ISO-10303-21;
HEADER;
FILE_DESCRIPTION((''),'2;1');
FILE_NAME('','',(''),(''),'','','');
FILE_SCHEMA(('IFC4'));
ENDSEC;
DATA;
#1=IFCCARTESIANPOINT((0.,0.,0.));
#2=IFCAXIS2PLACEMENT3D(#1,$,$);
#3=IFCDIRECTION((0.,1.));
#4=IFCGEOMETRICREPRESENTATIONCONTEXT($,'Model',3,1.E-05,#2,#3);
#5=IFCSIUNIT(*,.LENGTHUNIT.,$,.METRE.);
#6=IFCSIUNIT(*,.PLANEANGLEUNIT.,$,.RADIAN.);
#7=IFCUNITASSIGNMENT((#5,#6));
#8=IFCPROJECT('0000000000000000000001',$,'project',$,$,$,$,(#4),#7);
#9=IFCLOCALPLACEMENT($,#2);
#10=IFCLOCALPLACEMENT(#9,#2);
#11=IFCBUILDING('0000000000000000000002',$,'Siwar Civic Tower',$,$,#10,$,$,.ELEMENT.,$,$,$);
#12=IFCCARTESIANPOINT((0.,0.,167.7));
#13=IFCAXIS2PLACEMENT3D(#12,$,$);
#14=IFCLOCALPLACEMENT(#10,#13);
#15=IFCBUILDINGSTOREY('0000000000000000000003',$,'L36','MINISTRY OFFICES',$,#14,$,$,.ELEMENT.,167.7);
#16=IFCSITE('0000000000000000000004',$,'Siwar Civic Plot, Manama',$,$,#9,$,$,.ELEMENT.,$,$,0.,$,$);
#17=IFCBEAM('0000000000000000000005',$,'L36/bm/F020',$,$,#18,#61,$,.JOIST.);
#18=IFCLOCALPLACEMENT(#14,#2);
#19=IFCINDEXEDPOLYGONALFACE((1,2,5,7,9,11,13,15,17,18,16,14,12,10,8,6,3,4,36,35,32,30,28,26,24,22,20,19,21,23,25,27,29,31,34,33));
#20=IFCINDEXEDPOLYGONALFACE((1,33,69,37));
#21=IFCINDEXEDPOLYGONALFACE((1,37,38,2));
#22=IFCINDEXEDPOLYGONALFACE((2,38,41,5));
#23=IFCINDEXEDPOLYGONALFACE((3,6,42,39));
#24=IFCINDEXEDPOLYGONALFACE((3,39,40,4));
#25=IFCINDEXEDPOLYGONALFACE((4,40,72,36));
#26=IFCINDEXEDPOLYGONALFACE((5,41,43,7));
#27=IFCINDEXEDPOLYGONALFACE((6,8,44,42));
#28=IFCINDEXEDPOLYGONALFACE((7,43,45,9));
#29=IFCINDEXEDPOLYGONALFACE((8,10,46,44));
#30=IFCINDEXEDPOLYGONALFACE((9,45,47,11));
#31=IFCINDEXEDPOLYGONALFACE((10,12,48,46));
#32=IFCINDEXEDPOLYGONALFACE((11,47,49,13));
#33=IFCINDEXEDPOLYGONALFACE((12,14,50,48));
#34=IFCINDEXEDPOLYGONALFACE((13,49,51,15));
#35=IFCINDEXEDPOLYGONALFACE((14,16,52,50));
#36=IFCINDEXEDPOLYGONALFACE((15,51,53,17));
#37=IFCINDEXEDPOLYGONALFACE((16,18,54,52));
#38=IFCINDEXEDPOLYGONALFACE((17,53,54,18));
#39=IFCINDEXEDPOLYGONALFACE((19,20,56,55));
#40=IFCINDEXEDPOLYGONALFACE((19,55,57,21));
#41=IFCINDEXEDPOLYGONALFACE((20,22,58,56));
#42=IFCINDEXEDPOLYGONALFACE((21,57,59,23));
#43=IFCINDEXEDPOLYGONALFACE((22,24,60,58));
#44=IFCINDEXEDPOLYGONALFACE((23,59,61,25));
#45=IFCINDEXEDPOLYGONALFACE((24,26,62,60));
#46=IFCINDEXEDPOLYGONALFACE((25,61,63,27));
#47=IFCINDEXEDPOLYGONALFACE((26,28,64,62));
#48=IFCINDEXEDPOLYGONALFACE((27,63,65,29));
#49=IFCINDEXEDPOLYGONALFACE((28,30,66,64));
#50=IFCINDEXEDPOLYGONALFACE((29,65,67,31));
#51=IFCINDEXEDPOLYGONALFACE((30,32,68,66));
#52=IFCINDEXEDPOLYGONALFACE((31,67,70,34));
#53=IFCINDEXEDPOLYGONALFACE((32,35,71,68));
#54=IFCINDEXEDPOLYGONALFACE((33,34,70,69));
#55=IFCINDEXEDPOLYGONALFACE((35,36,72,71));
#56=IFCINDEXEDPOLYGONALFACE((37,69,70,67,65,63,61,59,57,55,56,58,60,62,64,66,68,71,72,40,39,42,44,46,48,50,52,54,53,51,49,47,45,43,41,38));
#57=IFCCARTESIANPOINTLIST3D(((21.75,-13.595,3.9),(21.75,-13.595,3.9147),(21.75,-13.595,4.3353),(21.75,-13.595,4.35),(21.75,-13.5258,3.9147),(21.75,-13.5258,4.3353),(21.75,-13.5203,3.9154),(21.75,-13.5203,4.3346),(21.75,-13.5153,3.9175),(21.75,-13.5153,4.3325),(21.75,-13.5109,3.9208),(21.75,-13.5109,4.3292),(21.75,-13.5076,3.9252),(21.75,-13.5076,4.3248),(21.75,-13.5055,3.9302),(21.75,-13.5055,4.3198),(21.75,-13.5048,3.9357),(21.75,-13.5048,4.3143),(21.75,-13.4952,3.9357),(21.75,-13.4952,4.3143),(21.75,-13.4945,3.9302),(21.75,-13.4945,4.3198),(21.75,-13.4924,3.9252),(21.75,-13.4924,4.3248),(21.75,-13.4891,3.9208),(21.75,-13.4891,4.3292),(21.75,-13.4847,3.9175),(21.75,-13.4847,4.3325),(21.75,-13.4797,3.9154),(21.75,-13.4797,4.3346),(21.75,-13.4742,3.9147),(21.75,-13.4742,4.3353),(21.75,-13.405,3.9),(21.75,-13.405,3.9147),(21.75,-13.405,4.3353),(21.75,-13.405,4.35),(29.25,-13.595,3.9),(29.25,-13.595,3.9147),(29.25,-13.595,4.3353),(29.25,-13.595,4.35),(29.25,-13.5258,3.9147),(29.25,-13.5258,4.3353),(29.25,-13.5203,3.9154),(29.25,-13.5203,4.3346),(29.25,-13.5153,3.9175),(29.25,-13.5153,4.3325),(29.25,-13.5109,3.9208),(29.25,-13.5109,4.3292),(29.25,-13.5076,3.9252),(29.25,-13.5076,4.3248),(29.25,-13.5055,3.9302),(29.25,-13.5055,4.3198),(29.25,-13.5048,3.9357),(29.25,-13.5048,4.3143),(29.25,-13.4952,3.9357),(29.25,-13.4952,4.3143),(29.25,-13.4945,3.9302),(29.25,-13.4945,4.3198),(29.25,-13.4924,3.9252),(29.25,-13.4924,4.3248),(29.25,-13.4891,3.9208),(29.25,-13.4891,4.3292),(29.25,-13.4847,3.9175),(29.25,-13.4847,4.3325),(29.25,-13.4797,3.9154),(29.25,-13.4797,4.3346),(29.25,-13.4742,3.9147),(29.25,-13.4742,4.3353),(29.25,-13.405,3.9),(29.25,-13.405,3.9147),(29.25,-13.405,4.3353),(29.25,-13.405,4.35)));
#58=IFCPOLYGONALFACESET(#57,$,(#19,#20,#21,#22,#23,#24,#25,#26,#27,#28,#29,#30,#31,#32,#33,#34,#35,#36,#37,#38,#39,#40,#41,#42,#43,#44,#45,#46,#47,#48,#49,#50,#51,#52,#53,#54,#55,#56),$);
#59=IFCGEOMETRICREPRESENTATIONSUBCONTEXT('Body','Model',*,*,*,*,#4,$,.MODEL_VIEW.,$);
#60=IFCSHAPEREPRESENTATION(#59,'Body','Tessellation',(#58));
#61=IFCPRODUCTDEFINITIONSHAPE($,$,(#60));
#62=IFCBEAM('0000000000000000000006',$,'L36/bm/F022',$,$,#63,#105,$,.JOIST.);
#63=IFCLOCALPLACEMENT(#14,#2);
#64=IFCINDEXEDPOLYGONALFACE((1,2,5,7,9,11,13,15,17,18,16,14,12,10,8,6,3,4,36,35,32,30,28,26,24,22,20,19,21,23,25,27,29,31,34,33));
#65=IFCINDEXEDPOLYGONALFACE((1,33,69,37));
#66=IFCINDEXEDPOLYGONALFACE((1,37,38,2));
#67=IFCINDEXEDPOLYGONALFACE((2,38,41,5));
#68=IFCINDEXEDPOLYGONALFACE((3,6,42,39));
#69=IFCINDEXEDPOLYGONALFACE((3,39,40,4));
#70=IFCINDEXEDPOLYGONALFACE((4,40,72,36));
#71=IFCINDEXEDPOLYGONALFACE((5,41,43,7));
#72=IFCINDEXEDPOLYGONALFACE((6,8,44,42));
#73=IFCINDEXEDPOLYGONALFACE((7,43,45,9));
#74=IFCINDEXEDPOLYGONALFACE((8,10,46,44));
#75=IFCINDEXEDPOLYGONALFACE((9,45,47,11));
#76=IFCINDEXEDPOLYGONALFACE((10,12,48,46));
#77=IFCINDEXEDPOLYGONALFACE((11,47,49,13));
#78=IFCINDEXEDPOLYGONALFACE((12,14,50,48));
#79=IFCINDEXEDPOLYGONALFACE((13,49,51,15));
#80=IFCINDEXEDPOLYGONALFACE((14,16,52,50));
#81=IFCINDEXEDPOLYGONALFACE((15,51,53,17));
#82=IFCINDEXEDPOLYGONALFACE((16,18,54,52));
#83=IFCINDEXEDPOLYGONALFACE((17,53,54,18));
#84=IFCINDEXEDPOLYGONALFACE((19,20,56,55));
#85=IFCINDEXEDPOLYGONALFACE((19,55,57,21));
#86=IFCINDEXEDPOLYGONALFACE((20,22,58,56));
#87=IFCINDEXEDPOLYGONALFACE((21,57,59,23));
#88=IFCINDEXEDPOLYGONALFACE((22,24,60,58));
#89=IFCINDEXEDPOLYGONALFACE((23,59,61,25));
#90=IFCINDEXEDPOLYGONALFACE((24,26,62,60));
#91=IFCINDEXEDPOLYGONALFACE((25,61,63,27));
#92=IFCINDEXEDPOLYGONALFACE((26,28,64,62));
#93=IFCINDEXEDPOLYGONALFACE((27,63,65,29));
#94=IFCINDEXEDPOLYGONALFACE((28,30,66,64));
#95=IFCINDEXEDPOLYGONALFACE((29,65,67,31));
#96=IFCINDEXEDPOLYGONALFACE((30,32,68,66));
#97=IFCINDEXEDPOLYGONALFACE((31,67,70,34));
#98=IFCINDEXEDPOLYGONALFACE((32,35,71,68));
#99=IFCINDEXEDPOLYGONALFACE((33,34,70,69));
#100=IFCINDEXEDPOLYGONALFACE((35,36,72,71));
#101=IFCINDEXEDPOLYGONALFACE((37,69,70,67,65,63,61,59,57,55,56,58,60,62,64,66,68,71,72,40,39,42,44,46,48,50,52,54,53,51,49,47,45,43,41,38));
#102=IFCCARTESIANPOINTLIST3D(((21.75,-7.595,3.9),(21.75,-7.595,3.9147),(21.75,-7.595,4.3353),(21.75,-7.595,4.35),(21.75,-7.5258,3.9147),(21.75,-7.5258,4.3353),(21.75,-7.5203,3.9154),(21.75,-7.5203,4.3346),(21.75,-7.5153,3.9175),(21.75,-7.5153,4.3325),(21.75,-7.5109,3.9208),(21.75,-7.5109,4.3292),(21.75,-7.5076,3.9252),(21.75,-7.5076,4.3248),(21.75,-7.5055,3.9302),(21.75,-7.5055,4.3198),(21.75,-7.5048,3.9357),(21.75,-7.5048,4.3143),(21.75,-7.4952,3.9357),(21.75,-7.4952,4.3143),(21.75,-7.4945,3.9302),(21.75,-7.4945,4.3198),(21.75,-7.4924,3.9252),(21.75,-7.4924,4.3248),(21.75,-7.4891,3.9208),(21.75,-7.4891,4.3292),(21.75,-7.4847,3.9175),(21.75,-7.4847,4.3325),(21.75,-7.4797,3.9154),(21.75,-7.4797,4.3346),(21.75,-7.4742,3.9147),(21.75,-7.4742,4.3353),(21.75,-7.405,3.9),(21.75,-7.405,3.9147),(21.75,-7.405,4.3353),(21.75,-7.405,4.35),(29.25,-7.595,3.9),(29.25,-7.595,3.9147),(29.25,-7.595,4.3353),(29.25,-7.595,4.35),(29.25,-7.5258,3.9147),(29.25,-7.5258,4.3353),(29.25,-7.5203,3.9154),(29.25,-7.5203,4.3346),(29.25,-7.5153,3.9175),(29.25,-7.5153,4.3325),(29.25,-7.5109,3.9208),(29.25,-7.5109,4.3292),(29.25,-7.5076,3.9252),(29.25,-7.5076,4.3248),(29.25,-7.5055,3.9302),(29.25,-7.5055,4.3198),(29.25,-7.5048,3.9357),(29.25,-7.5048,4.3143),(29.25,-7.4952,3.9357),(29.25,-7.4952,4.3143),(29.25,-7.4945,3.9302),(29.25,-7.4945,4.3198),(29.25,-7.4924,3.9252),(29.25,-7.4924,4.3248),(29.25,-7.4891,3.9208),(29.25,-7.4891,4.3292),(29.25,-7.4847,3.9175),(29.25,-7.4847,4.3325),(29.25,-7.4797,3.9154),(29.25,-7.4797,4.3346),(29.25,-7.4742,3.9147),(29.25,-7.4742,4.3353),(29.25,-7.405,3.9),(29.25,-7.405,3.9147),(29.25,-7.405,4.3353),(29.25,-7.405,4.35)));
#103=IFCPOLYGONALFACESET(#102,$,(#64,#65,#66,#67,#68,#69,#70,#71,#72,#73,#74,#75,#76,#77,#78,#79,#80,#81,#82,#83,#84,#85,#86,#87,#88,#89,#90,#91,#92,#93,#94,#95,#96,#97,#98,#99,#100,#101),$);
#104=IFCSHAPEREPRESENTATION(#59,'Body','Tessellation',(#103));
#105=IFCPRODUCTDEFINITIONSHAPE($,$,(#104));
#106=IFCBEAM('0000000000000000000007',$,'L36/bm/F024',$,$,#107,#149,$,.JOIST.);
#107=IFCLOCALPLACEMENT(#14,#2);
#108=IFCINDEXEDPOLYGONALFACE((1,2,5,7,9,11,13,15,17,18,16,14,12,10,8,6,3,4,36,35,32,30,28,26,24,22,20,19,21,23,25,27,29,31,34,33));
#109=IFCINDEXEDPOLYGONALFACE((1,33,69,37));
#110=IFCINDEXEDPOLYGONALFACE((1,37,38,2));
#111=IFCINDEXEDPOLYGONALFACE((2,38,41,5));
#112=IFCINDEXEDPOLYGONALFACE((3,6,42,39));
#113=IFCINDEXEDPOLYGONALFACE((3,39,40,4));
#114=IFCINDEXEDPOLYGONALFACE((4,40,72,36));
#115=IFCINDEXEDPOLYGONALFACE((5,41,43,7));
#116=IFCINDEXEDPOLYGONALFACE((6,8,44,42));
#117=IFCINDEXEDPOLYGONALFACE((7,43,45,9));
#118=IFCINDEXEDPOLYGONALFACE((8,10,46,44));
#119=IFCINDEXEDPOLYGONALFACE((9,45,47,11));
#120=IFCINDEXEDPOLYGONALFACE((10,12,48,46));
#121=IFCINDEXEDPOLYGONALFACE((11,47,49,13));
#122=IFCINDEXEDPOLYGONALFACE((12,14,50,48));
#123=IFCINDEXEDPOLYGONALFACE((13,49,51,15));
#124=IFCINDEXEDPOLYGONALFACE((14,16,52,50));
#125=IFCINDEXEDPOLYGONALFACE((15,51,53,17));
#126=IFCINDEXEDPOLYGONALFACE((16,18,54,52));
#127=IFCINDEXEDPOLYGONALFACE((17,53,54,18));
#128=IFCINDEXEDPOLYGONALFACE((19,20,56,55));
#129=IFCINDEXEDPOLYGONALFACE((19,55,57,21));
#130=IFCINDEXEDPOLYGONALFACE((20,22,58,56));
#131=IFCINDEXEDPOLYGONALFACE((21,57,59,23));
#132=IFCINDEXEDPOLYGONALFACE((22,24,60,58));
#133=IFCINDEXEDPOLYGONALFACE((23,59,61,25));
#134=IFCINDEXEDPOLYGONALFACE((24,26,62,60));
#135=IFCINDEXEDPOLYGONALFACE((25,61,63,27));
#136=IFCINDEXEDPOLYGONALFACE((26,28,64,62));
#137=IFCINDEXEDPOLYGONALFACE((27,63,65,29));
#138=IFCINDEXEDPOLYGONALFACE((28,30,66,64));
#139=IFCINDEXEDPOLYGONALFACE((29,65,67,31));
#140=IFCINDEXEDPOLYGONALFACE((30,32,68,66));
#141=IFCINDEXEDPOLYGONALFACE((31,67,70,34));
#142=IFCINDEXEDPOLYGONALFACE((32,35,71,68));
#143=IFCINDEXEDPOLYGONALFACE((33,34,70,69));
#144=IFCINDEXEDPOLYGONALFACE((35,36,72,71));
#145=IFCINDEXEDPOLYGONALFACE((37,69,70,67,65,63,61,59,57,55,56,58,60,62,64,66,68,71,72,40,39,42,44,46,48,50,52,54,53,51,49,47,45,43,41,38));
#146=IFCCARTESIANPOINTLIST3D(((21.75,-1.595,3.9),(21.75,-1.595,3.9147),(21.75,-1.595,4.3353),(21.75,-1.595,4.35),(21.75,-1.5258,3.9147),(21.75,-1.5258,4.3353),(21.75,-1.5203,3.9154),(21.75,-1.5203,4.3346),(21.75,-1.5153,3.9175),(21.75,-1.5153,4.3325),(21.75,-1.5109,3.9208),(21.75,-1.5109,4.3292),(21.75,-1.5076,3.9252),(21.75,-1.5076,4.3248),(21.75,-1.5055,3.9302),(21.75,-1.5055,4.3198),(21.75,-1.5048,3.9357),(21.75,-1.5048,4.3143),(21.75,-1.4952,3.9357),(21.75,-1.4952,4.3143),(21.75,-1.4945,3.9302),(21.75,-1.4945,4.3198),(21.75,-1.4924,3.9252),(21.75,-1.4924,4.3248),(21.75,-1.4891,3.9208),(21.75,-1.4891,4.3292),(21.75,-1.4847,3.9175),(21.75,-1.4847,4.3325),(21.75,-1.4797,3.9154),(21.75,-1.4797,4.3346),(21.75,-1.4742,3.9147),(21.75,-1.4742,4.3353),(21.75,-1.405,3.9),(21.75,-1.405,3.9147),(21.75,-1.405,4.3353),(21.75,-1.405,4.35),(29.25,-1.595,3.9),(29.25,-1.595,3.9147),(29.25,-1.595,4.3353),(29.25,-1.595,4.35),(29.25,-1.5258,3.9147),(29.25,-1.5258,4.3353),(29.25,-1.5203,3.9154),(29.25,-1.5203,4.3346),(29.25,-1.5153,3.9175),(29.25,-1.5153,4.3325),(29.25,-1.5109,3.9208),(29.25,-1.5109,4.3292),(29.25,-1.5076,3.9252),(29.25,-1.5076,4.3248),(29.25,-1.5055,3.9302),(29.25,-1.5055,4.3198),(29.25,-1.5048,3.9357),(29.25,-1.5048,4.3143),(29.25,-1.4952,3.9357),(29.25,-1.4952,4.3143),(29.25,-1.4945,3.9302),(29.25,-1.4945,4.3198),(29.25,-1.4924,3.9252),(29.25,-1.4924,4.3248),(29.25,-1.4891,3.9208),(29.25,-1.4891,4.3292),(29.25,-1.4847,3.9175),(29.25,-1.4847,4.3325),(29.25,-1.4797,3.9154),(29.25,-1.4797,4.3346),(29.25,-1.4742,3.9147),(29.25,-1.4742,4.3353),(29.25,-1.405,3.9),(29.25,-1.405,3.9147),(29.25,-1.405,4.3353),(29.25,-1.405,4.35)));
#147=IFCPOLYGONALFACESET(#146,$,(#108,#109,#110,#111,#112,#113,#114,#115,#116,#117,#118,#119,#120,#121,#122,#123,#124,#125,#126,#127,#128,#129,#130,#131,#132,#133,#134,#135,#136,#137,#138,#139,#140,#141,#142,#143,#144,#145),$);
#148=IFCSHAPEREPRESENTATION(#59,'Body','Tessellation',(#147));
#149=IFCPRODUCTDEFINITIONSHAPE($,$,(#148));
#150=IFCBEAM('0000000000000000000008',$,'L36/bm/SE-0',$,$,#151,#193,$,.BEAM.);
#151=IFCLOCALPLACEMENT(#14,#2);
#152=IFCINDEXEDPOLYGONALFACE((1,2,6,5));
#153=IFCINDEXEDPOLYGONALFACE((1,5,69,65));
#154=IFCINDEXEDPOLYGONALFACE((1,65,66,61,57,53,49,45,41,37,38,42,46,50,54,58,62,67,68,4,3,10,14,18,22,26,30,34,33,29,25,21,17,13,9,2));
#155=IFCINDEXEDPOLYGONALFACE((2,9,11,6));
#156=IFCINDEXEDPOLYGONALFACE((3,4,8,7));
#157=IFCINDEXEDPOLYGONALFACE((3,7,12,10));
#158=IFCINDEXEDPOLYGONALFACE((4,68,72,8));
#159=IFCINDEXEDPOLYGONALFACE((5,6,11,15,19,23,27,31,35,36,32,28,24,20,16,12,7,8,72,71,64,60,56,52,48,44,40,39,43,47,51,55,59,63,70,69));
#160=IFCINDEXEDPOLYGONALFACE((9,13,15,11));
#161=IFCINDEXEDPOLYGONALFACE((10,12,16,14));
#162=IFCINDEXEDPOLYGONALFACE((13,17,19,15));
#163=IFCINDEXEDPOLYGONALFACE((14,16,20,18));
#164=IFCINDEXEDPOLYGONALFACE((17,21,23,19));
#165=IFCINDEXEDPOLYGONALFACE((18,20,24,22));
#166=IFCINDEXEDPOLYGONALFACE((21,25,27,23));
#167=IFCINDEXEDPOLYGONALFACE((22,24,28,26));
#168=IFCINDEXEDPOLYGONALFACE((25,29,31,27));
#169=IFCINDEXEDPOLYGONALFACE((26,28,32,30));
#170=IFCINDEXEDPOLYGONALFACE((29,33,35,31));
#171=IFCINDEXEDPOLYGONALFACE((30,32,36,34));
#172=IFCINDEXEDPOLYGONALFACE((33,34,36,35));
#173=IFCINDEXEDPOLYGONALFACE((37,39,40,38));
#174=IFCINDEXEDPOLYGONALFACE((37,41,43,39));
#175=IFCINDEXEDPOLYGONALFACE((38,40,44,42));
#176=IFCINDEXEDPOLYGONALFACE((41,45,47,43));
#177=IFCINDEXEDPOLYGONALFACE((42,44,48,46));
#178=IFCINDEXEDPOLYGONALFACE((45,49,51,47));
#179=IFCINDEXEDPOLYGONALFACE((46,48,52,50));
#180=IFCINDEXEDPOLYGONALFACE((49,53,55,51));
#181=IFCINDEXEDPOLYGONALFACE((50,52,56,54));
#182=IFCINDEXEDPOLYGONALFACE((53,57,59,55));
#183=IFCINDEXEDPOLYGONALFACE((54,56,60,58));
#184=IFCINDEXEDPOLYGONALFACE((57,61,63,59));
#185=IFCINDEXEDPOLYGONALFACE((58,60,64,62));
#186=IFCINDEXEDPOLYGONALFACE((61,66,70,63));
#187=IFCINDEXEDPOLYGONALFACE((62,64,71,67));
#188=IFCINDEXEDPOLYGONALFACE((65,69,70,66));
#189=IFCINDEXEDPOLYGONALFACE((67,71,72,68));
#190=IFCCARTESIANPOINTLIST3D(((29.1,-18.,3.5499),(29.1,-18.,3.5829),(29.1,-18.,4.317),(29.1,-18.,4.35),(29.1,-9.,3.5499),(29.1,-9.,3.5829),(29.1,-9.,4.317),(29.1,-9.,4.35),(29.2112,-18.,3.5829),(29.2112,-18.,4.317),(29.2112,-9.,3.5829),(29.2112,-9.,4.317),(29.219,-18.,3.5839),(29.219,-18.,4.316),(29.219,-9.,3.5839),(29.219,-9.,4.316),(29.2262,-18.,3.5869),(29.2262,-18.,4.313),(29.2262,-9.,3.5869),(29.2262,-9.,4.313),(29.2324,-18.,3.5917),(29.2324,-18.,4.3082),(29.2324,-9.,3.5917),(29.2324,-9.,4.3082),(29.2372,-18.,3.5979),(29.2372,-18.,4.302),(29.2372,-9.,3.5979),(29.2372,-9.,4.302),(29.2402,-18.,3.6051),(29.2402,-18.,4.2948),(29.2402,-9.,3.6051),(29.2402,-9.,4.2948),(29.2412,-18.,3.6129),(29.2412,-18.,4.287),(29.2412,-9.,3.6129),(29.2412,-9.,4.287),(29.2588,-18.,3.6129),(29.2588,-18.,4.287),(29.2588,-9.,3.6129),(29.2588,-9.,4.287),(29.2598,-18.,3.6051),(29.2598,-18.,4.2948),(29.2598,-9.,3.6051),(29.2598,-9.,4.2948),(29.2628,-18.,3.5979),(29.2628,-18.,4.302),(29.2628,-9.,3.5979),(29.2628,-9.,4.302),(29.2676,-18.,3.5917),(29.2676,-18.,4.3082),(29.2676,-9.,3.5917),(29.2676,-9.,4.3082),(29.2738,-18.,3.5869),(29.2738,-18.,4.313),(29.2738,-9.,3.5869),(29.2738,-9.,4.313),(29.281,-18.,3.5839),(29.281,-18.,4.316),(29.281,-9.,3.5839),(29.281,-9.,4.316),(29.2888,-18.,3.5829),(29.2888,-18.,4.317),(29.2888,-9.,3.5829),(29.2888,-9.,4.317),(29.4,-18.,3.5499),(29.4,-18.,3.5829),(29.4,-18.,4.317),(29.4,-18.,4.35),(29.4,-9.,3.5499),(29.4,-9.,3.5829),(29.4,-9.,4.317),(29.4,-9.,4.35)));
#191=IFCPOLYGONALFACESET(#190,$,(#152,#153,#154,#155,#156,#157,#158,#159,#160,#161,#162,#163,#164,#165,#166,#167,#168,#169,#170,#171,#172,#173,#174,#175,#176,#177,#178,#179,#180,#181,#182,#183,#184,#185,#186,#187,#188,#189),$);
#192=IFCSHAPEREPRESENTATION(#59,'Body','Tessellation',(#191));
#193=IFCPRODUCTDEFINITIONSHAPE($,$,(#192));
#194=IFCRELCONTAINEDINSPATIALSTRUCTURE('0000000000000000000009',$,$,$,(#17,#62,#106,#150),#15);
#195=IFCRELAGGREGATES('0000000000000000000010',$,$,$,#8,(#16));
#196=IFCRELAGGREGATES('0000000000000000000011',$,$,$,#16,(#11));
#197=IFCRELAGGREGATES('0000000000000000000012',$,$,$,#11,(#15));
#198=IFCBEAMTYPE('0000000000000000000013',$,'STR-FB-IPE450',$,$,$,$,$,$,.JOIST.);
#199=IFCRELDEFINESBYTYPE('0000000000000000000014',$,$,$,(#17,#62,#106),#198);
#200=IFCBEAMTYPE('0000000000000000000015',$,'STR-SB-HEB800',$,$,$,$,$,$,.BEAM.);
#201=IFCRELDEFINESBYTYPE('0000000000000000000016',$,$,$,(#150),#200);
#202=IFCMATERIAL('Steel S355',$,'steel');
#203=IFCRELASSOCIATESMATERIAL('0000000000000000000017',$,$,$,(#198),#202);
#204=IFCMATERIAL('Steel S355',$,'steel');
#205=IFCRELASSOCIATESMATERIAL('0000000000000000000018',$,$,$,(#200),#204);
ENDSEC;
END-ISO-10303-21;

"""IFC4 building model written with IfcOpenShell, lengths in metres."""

from ifc_helpers import new_model, si_unit, direction, frame, origin, origin_2d, place, context, subcontext, project, spatial, i_section, extrude, material, material_profile, profile_set, type_object, element, save


model = new_model("IFC4")

# Units and contexts
model_context = context("Model", 3, precision=1e-05, world=origin(), true_north=direction((0.0, 1.0)))
body_context = subcontext(model_context, "Body", "Model", "MODEL_VIEW")
ifc_project = project(units=[si_unit("LENGTHUNIT", "METRE"), si_unit("PLANEANGLEUNIT", "RADIAN")], contexts=[model_context])

# Site, building, storey
site_placement = place(None, origin())
site = spatial("IfcSite", under=ifc_project, at=site_placement, Name="Siwar Civic Plot, Manama", CompositionType="ELEMENT", RefElevation=0.0)
building_placement = place(site_placement, origin())
building = spatial("IfcBuilding", under=site, at=building_placement, Name="Siwar Civic Tower", CompositionType="ELEMENT")
storey_placement = place(building_placement, frame((0.0, 0.0, 167.7)))
storey = spatial("IfcBuildingStorey", under=building, at=storey_placement, Name="L36", Description="MINISTRY OFFICES", CompositionType="ELEMENT", Elevation=167.7)

# Beams
ifc_material_1 = material(Name="Steel S355", Category="steel")
ifc_material_profile_1 = material_profile(ifc_material_1, i_section(OverallWidth=0.1899, OverallDepth=0.45, WebThickness=0.0095, FlangeThickness=0.0146, FilletRadius=0.021, at=origin_2d()), Name="IPE450")
ifc_profile_set_1 = profile_set([ifc_material_profile_1], Name="Steel S355")
beam_type_1 = type_object("IfcBeamType", Name="STR-FB-IPE450", PredefinedType="JOIST", material=ifc_profile_set_1)
for number, where, z_axis, x_axis, name in (
    (1, (21.75, -13.5, 4.125), (1.0, 0.0, 0.0), (0.0, 1.0, 0.0), "L36/bm/F020"),
    (2, (21.75, -7.5, 4.125), (1.0, 0.0, 0.0), (0.0, 1.0, 0.0), "L36/bm/F022"),
    (3, (21.75, -1.5, 4.125), (1.0, 0.0, 0.0), (0.0, 1.0, 0.0), "L36/bm/F024"),
):
    element("IfcBeam", number, at=place(storey_placement, frame(where, z_axis=z_axis, x_axis=x_axis)), inside=storey, type_object=beam_type_1, Name=name, PredefinedType="JOIST", context=body_context, shape_type="SweptSolid", body=[
        extrude(i_section(OverallWidth=0.1899, OverallDepth=0.45, WebThickness=0.0095, FlangeThickness=0.0146, FilletRadius=0.021, at=origin_2d()), origin(), (0.0, 0.0, 1.0), 7.5),
    ])
ifc_material_2 = material(Name="Steel S355", Category="steel")
ifc_material_profile_2 = material_profile(ifc_material_2, i_section(OverallWidth=0.3, OverallDepth=0.8, WebThickness=0.0176, FlangeThickness=0.033, FilletRadius=0.03, at=origin_2d()), Name="HEB800")
ifc_profile_set_2 = profile_set([ifc_material_profile_2], Name="Steel S355")
beam_type_2 = type_object("IfcBeamType", Name="STR-SB-HEB800", PredefinedType="BEAM", material=ifc_profile_set_2)
for number, where, z_axis, x_axis, name in (
    (4, (29.25, -18.0, 3.95), (0.0, 1.0, 0.0), (-1.0, 0.0, 0.0), "L36/bm/SE-0"),
):
    element("IfcBeam", number, at=place(storey_placement, frame(where, z_axis=z_axis, x_axis=x_axis)), inside=storey, type_object=beam_type_2, Name=name, PredefinedType="BEAM", context=body_context, shape_type="SweptSolid", body=[
        extrude(i_section(OverallWidth=0.3, OverallDepth=0.8, WebThickness=0.0176, FlangeThickness=0.033, FilletRadius=0.03, at=origin_2d()), origin(), (0.0, 0.0, 1.0), 9.0),
    ])

save(model, "model.ifc")
